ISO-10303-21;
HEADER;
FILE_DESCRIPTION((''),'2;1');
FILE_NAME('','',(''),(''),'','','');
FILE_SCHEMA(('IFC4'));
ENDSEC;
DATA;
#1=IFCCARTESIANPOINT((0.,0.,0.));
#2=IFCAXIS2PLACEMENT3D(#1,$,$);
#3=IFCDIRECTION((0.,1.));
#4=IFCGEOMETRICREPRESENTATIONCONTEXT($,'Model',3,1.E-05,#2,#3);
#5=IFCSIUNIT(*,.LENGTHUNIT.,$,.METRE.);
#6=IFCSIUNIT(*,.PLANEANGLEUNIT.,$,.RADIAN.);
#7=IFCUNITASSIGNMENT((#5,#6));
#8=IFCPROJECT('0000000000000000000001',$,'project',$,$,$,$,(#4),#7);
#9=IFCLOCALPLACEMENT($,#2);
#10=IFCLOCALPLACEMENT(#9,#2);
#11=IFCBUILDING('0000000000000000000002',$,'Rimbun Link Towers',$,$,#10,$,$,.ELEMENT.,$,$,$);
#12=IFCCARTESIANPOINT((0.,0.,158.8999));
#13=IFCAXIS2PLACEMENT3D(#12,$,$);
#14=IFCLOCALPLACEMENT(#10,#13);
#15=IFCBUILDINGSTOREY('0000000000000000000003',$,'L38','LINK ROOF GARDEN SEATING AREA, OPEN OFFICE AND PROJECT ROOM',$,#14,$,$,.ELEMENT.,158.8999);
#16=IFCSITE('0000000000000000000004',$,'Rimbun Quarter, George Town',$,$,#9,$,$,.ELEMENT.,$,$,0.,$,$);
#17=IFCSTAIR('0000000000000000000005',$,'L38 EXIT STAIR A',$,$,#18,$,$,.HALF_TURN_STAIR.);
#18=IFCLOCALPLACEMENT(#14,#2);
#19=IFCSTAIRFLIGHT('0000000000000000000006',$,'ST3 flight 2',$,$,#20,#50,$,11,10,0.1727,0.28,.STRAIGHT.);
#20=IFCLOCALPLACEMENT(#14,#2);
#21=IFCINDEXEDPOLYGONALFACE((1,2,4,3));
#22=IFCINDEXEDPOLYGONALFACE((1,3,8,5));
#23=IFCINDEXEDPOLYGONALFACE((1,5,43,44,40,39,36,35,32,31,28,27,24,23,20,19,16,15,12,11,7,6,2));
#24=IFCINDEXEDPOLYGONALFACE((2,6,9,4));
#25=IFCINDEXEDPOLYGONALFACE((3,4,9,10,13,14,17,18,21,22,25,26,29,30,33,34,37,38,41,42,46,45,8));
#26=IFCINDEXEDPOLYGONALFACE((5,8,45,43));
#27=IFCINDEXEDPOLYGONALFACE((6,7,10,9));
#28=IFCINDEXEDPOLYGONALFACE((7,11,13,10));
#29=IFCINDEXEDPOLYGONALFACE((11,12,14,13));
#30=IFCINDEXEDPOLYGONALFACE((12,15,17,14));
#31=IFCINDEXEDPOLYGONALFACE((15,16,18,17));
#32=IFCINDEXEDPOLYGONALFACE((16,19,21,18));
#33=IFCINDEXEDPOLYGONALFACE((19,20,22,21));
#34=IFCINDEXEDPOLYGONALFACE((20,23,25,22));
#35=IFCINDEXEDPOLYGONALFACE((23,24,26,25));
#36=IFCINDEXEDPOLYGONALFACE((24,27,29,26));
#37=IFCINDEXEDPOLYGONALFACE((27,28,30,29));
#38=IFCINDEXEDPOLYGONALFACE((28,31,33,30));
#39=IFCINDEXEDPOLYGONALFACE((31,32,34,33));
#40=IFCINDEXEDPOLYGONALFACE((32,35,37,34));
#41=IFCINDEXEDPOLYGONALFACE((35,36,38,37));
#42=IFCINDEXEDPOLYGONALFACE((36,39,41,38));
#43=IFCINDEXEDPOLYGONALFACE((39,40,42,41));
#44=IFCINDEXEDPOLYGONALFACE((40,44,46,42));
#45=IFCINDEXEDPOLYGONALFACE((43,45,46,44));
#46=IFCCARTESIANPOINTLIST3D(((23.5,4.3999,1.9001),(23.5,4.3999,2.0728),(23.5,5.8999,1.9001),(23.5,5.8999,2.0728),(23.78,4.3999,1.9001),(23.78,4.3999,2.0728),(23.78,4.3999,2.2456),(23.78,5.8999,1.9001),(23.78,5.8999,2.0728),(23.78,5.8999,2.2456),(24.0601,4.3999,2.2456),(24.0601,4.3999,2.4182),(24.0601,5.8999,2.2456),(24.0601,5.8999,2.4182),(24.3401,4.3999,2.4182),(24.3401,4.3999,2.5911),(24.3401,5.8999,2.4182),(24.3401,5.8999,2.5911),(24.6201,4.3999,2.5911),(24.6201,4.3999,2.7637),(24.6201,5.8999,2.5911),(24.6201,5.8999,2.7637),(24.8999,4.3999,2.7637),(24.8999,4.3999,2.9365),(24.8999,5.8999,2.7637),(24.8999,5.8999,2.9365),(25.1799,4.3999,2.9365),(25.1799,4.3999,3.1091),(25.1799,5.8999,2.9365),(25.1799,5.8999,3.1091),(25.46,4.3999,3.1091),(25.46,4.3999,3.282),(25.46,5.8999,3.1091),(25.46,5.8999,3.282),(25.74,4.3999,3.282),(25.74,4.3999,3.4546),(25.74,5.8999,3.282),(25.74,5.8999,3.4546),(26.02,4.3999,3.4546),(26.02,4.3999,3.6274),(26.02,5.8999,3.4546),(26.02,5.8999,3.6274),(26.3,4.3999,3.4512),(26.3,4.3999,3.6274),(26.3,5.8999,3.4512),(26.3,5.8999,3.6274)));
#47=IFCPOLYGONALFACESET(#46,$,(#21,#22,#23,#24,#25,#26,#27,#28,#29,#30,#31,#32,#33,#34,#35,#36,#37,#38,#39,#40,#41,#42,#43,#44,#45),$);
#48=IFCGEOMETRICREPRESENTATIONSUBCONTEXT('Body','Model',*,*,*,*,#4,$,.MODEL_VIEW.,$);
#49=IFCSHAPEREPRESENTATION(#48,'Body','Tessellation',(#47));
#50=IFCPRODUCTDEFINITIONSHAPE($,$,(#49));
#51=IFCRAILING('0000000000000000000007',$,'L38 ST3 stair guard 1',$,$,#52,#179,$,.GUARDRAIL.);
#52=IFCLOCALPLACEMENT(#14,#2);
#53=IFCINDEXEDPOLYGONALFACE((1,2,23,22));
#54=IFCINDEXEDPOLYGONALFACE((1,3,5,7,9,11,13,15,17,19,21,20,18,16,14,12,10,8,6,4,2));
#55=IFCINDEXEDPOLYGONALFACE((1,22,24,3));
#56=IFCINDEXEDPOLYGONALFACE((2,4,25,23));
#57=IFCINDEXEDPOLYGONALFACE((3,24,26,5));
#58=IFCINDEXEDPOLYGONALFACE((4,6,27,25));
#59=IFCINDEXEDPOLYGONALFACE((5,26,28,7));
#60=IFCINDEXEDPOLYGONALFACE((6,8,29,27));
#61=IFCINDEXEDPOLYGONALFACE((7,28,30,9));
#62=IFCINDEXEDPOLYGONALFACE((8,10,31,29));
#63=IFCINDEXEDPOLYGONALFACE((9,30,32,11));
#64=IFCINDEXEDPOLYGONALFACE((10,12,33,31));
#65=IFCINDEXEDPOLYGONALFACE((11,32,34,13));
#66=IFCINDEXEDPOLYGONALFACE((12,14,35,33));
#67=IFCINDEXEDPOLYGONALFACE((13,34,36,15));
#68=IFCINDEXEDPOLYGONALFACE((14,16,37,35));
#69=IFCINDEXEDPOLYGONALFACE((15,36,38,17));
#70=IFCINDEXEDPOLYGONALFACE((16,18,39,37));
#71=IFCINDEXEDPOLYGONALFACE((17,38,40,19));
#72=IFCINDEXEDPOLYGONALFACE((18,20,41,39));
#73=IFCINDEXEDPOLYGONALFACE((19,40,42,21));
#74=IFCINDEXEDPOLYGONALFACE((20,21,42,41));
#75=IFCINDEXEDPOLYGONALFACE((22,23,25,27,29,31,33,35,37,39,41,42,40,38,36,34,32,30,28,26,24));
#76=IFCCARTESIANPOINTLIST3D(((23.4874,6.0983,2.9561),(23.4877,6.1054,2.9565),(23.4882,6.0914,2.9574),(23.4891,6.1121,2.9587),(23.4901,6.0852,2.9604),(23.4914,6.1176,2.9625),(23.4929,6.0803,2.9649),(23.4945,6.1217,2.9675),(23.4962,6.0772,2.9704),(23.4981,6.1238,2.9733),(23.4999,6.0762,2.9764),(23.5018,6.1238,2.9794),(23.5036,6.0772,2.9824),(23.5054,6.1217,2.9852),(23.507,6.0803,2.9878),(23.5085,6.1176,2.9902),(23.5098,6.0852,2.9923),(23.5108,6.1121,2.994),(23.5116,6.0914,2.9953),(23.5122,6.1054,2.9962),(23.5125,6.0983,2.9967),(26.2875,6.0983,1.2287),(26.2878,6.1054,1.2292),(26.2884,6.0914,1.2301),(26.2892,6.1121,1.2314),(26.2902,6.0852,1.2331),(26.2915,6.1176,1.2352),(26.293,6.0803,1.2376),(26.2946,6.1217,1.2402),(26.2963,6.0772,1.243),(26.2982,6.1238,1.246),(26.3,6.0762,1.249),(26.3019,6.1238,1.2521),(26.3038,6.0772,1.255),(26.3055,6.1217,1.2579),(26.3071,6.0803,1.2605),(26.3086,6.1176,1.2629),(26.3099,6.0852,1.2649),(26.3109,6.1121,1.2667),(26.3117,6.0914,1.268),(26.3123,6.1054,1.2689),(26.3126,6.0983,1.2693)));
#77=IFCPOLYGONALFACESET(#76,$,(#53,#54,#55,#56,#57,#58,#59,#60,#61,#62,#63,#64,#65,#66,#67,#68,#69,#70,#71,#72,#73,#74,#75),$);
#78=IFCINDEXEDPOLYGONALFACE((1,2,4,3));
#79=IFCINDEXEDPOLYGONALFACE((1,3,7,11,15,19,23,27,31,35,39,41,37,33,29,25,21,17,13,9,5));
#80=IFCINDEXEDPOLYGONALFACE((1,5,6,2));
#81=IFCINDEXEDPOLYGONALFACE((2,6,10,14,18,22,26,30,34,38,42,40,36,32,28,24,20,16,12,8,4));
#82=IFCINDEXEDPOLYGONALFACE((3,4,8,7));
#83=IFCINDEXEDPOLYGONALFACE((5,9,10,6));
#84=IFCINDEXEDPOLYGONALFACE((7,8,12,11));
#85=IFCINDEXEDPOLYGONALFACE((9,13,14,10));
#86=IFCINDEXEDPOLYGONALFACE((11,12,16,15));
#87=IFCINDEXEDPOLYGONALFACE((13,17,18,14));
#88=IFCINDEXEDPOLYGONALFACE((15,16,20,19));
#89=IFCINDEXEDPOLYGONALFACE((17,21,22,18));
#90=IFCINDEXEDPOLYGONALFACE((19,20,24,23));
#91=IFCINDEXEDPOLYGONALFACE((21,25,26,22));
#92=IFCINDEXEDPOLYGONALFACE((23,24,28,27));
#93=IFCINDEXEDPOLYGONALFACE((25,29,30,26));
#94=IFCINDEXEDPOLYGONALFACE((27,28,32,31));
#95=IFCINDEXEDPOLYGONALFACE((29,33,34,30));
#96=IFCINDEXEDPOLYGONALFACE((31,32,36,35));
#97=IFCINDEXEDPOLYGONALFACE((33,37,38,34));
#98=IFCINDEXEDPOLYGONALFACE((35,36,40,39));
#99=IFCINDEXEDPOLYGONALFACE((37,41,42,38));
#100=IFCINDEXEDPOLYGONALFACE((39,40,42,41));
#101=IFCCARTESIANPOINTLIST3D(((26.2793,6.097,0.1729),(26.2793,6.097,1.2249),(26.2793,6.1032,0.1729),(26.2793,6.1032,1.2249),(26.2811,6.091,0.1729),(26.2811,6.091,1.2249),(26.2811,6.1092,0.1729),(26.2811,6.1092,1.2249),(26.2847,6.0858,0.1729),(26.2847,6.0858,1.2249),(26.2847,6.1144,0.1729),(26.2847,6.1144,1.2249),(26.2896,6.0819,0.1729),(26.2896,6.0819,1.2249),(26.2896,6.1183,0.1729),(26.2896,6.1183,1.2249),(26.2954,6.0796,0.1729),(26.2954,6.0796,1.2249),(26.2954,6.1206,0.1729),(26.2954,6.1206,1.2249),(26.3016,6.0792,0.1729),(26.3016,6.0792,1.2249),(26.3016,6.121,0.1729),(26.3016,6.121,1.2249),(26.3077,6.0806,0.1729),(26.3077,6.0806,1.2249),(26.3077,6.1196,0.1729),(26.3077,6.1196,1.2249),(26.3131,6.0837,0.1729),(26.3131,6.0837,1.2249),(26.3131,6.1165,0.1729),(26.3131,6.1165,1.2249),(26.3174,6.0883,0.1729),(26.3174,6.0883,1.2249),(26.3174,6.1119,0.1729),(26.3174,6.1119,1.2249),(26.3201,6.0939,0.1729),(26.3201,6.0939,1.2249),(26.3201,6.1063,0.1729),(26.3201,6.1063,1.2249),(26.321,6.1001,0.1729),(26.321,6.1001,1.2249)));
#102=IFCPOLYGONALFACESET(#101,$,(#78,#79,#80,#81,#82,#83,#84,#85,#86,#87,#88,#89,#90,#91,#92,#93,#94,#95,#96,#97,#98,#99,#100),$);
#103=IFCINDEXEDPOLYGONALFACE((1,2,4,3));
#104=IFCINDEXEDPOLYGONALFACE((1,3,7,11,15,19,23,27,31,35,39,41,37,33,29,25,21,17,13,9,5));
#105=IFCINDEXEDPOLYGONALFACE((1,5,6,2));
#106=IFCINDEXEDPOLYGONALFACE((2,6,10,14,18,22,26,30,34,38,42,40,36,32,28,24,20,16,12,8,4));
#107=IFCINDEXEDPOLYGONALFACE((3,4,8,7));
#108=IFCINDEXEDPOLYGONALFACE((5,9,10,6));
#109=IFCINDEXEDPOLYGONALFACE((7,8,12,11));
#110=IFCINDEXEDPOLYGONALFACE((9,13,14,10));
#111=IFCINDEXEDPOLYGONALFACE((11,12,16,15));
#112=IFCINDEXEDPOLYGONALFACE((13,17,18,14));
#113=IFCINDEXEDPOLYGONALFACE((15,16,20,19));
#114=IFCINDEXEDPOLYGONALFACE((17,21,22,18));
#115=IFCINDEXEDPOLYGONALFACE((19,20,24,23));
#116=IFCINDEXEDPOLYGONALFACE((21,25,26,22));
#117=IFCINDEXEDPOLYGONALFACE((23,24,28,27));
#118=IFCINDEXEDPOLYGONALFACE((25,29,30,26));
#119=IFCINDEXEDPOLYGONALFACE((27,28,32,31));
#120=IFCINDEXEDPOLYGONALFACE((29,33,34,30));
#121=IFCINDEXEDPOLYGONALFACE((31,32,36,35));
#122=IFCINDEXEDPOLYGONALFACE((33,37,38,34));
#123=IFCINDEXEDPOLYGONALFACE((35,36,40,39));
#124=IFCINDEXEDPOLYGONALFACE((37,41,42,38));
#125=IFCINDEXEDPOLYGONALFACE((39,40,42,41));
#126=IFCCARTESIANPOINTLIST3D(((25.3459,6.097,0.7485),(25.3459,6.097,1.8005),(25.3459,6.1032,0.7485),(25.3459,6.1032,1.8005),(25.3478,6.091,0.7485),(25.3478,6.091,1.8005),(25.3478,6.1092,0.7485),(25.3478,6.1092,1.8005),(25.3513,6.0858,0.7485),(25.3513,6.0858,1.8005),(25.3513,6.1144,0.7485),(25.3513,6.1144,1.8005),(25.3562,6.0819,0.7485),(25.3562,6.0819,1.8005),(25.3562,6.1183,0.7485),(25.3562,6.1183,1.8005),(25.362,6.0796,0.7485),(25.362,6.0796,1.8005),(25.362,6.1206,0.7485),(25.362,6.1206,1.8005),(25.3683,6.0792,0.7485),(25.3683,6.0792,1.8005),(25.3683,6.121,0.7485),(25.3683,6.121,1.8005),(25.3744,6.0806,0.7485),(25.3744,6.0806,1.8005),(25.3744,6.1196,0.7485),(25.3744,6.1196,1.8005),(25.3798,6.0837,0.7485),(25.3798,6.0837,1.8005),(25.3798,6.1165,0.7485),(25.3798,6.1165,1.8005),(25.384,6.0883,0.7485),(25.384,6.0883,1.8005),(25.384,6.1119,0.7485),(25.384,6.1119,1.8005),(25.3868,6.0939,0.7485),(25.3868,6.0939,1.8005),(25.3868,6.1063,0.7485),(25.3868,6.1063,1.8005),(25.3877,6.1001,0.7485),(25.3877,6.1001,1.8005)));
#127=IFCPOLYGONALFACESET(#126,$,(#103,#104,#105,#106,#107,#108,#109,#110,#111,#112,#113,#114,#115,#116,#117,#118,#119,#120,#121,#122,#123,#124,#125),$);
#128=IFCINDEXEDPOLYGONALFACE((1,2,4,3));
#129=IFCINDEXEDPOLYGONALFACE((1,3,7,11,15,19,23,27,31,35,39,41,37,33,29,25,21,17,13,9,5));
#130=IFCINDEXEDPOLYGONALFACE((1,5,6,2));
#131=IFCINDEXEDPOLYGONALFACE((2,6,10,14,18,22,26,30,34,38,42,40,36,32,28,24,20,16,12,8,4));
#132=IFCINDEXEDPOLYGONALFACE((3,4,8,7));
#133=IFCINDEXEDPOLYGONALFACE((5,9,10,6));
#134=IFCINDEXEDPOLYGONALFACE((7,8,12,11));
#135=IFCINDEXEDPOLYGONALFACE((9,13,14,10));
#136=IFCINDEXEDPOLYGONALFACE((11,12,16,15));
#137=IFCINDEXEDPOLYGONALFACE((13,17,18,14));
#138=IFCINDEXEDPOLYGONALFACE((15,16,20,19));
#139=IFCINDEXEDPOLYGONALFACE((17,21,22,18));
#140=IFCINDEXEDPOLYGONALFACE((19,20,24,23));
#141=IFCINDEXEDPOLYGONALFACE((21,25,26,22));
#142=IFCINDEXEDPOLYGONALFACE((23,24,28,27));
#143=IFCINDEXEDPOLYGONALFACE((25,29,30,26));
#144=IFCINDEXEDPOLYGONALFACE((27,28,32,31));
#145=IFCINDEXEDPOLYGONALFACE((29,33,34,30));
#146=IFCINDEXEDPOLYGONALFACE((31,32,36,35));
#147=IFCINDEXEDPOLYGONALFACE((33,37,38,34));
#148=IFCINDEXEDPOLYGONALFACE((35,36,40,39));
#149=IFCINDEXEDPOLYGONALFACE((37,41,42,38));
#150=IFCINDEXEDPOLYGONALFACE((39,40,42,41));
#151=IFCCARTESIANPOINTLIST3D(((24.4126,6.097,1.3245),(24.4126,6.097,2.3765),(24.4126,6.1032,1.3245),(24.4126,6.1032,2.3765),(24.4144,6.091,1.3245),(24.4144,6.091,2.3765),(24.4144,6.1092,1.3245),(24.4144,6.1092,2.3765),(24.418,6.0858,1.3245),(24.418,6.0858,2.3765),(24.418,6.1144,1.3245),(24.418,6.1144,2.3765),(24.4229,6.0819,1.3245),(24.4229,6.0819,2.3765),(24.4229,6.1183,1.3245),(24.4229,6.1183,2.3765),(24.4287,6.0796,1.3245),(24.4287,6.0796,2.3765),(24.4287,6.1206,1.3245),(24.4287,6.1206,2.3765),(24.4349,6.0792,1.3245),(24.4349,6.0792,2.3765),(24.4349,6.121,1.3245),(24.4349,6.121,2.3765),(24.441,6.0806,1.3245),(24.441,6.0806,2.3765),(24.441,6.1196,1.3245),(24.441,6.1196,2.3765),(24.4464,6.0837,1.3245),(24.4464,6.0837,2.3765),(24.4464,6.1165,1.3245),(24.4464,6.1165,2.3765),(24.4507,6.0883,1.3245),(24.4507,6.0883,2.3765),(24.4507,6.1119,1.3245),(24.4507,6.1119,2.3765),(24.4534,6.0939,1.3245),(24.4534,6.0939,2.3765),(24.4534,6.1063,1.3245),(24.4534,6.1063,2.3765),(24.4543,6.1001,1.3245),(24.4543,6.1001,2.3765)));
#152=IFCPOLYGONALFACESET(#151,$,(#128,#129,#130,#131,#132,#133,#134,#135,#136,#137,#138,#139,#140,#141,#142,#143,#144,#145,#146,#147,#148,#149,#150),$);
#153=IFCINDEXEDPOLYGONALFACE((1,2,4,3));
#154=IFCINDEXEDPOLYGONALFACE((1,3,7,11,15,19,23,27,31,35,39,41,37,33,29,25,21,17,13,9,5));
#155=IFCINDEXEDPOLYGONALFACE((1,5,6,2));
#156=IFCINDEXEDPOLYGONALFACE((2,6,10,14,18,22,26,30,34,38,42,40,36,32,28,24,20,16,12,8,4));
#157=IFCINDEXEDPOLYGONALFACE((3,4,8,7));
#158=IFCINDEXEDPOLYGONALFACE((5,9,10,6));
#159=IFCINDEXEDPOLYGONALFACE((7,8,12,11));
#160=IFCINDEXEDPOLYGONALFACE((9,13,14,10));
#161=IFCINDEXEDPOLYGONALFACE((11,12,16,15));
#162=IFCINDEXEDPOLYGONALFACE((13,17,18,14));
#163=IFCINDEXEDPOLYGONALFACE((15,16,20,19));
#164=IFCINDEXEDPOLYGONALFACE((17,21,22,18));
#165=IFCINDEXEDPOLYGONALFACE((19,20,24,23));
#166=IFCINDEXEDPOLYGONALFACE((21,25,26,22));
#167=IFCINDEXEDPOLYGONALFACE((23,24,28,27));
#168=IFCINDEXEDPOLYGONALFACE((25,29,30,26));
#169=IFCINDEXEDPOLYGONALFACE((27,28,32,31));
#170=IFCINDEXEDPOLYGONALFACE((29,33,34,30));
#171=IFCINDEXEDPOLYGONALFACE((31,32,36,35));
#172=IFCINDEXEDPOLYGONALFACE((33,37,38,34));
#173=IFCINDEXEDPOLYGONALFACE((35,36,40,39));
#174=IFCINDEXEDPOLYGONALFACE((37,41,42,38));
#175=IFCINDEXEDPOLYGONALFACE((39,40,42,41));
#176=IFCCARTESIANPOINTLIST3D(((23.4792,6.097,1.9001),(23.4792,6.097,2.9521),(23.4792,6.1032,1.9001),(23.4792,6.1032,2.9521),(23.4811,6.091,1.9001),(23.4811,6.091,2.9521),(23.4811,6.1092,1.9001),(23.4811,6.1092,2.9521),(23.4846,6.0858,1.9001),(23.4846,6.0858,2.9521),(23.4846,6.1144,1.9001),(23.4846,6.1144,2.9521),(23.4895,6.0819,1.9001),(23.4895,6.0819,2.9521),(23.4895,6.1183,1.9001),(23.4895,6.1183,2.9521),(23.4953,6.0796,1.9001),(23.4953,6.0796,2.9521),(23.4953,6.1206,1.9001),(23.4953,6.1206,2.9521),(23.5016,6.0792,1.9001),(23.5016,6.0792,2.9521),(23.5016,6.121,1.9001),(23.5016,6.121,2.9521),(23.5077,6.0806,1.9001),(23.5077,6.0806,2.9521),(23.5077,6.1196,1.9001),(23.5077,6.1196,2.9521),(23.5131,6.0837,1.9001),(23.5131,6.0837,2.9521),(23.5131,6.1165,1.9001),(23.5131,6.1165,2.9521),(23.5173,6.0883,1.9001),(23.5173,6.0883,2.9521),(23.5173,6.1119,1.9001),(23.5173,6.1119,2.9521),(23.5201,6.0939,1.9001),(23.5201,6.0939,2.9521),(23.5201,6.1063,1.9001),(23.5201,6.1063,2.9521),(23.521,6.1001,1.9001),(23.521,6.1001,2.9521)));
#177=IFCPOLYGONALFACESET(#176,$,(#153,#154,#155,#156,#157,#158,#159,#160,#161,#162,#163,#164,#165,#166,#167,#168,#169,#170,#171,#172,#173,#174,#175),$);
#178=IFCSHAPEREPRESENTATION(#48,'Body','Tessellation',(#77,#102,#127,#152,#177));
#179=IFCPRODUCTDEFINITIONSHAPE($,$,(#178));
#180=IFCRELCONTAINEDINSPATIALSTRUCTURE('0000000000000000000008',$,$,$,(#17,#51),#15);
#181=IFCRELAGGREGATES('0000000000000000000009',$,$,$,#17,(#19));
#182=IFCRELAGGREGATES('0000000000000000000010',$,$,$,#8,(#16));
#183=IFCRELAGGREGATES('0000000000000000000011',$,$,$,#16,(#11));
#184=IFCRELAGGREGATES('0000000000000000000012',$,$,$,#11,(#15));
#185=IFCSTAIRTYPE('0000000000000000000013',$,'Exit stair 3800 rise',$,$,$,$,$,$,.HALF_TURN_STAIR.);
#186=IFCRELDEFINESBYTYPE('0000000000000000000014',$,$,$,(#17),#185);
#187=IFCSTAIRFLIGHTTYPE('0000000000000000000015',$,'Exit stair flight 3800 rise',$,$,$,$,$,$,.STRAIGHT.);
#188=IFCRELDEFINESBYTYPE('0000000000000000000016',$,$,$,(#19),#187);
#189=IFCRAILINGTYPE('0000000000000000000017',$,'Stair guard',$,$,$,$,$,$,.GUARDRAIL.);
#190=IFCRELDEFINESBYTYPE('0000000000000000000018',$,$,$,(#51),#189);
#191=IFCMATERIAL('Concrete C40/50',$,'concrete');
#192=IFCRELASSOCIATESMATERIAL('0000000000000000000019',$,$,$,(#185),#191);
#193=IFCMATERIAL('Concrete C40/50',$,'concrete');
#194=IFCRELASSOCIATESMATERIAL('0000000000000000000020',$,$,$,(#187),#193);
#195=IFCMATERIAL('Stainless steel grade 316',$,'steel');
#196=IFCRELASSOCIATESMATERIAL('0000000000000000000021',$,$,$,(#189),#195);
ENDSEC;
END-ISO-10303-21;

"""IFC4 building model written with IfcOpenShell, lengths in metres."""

from ifc_helpers import new_model, si_unit, direction, frame, origin, origin_2d, place, context, subcontext, project, spatial, polyline, circle, outline, extrude, material, type_object, element, aggregate, save


model = new_model("IFC4")

# Units and contexts
model_context = context("Model", 3, precision=1e-05, world=origin(), true_north=direction((0.0, 1.0)))
body_context = subcontext(model_context, "Body", "Model", "MODEL_VIEW")
ifc_project = project(units=[si_unit("LENGTHUNIT", "METRE"), si_unit("PLANEANGLEUNIT", "RADIAN")], contexts=[model_context])

# Site, building, storey
site_placement = place(None, origin())
site = spatial("IfcSite", under=ifc_project, at=site_placement, Name="Rimbun Quarter, George Town", CompositionType="ELEMENT", RefElevation=0.0)
building_placement = place(site_placement, origin())
building = spatial("IfcBuilding", under=site, at=building_placement, Name="Rimbun Link Towers", CompositionType="ELEMENT")
storey_placement = place(building_placement, frame((0.0, 0.0, 158.8999)))
storey = spatial("IfcBuildingStorey", under=building, at=storey_placement, Name="L38", Description="LINK ROOF GARDEN SEATING AREA, OPEN OFFICE AND PROJECT ROOM", CompositionType="ELEMENT", Elevation=158.8999)

# Stair, stair flight
ifc_material_1 = material(Name="Concrete C40/50", Category="concrete")
stair_type = type_object("IfcStairType", Name="Exit stair 3800 rise", PredefinedType="HALF_TURN_STAIR", material=ifc_material_1)
stair_placement = place(storey_placement, origin())
stair = element("IfcStair", 1, at=stair_placement, inside=storey, type_object=stair_type, Name="L38 EXIT STAIR A", PredefinedType="HALF_TURN_STAIR")
ifc_material_2 = material(Name="Concrete C40/50", Category="concrete")
stair_flight_type = type_object("IfcStairFlightType", Name="Exit stair flight 3800 rise", PredefinedType="STRAIGHT", material=ifc_material_2)
stair_flight_1_placement = place(storey_placement, frame((23.5, 5.1499, 1.9001), z_axis=(0.0, 0.0, 1.0), x_axis=(1.0, 0.0, 0.0)))
stair_flight_1 = element("IfcStairFlight", 2, at=stair_flight_1_placement, type_object=stair_flight_type, Name="ST3 flight 2", NumberOfRisers=11, NumberOfTreads=10, PredefinedType="STRAIGHT", RiserHeight=0.1727, TreadLength=0.28, context=body_context, shape_type="SweptSolid", body=[
    extrude(outline(polyline([(0.0, 0.0), (0.0, 0.1726), (0.28, 0.1726), (0.28, 0.3455), (0.5601, 0.3455), (0.5601, 0.5181), (0.8401, 0.5181), (0.8401, 0.6909), (1.1201, 0.6909), (1.1201, 0.8635), (1.3999, 0.8635), (1.3999, 1.0364), (1.6799, 1.0364), (1.6799, 1.209), (1.96, 1.209), (1.96, 1.3818), (2.24, 1.3818), (2.24, 1.5544), (2.52, 1.5544), (2.52, 1.7273), (2.8, 1.7273), (2.8, 1.8999), (2.8, 1.551), (0.28, 0.0), (0.0, 0.0)])), frame((0.0, 0.75, 0.0), z_axis=(0.0, -1.0, 0.0), x_axis=(1.0, 0.0, 0.0)), (0.0, 0.0, 1.0), 1.5),
])
aggregate(stair, [stair_flight_1])

# Railing
ifc_material_3 = material(Name="Stainless steel grade 316", Category="steel")
railing_type_1 = type_object("IfcRailingType", Name="Stair guard", PredefinedType="GUARDRAIL", material=ifc_material_3)
railing_1_placement = place(storey_placement, frame((26.3, 6.1001, 0.1729)))
element("IfcRailing", 3, at=railing_1_placement, inside=storey, type_object=railing_type_1, Name="L38 ST3 stair guard 1", PredefinedType="GUARDRAIL", context=body_context, shape_type="SweptSolid", body=[
    extrude(circle(Radius=0.0239, at=origin_2d()), frame((0.0, 0.0, 1.0762), z_axis=(-0.85109, 0.0, 0.52502), x_axis=(0.0, -1.0, 0.0)), (0.0, 0.0, 1.0), 3.29),
    extrude(circle(Radius=0.021, at=origin_2d()), origin(), (0.0, 0.0, 1.0), 1.052),
    extrude(circle(Radius=0.021, at=origin_2d()), frame((-0.9333, 0.0, 0.5757)), (0.0, 0.0, 1.0), 1.052),
    extrude(circle(Radius=0.021, at=origin_2d()), frame((-1.8667, 0.0, 1.1516)), (0.0, 0.0, 1.0), 1.052),
    extrude(circle(Radius=0.021, at=origin_2d()), frame((-2.8, 0.0, 1.7273)), (0.0, 0.0, 1.0), 1.052),
])

save(model, "model.ifc")
